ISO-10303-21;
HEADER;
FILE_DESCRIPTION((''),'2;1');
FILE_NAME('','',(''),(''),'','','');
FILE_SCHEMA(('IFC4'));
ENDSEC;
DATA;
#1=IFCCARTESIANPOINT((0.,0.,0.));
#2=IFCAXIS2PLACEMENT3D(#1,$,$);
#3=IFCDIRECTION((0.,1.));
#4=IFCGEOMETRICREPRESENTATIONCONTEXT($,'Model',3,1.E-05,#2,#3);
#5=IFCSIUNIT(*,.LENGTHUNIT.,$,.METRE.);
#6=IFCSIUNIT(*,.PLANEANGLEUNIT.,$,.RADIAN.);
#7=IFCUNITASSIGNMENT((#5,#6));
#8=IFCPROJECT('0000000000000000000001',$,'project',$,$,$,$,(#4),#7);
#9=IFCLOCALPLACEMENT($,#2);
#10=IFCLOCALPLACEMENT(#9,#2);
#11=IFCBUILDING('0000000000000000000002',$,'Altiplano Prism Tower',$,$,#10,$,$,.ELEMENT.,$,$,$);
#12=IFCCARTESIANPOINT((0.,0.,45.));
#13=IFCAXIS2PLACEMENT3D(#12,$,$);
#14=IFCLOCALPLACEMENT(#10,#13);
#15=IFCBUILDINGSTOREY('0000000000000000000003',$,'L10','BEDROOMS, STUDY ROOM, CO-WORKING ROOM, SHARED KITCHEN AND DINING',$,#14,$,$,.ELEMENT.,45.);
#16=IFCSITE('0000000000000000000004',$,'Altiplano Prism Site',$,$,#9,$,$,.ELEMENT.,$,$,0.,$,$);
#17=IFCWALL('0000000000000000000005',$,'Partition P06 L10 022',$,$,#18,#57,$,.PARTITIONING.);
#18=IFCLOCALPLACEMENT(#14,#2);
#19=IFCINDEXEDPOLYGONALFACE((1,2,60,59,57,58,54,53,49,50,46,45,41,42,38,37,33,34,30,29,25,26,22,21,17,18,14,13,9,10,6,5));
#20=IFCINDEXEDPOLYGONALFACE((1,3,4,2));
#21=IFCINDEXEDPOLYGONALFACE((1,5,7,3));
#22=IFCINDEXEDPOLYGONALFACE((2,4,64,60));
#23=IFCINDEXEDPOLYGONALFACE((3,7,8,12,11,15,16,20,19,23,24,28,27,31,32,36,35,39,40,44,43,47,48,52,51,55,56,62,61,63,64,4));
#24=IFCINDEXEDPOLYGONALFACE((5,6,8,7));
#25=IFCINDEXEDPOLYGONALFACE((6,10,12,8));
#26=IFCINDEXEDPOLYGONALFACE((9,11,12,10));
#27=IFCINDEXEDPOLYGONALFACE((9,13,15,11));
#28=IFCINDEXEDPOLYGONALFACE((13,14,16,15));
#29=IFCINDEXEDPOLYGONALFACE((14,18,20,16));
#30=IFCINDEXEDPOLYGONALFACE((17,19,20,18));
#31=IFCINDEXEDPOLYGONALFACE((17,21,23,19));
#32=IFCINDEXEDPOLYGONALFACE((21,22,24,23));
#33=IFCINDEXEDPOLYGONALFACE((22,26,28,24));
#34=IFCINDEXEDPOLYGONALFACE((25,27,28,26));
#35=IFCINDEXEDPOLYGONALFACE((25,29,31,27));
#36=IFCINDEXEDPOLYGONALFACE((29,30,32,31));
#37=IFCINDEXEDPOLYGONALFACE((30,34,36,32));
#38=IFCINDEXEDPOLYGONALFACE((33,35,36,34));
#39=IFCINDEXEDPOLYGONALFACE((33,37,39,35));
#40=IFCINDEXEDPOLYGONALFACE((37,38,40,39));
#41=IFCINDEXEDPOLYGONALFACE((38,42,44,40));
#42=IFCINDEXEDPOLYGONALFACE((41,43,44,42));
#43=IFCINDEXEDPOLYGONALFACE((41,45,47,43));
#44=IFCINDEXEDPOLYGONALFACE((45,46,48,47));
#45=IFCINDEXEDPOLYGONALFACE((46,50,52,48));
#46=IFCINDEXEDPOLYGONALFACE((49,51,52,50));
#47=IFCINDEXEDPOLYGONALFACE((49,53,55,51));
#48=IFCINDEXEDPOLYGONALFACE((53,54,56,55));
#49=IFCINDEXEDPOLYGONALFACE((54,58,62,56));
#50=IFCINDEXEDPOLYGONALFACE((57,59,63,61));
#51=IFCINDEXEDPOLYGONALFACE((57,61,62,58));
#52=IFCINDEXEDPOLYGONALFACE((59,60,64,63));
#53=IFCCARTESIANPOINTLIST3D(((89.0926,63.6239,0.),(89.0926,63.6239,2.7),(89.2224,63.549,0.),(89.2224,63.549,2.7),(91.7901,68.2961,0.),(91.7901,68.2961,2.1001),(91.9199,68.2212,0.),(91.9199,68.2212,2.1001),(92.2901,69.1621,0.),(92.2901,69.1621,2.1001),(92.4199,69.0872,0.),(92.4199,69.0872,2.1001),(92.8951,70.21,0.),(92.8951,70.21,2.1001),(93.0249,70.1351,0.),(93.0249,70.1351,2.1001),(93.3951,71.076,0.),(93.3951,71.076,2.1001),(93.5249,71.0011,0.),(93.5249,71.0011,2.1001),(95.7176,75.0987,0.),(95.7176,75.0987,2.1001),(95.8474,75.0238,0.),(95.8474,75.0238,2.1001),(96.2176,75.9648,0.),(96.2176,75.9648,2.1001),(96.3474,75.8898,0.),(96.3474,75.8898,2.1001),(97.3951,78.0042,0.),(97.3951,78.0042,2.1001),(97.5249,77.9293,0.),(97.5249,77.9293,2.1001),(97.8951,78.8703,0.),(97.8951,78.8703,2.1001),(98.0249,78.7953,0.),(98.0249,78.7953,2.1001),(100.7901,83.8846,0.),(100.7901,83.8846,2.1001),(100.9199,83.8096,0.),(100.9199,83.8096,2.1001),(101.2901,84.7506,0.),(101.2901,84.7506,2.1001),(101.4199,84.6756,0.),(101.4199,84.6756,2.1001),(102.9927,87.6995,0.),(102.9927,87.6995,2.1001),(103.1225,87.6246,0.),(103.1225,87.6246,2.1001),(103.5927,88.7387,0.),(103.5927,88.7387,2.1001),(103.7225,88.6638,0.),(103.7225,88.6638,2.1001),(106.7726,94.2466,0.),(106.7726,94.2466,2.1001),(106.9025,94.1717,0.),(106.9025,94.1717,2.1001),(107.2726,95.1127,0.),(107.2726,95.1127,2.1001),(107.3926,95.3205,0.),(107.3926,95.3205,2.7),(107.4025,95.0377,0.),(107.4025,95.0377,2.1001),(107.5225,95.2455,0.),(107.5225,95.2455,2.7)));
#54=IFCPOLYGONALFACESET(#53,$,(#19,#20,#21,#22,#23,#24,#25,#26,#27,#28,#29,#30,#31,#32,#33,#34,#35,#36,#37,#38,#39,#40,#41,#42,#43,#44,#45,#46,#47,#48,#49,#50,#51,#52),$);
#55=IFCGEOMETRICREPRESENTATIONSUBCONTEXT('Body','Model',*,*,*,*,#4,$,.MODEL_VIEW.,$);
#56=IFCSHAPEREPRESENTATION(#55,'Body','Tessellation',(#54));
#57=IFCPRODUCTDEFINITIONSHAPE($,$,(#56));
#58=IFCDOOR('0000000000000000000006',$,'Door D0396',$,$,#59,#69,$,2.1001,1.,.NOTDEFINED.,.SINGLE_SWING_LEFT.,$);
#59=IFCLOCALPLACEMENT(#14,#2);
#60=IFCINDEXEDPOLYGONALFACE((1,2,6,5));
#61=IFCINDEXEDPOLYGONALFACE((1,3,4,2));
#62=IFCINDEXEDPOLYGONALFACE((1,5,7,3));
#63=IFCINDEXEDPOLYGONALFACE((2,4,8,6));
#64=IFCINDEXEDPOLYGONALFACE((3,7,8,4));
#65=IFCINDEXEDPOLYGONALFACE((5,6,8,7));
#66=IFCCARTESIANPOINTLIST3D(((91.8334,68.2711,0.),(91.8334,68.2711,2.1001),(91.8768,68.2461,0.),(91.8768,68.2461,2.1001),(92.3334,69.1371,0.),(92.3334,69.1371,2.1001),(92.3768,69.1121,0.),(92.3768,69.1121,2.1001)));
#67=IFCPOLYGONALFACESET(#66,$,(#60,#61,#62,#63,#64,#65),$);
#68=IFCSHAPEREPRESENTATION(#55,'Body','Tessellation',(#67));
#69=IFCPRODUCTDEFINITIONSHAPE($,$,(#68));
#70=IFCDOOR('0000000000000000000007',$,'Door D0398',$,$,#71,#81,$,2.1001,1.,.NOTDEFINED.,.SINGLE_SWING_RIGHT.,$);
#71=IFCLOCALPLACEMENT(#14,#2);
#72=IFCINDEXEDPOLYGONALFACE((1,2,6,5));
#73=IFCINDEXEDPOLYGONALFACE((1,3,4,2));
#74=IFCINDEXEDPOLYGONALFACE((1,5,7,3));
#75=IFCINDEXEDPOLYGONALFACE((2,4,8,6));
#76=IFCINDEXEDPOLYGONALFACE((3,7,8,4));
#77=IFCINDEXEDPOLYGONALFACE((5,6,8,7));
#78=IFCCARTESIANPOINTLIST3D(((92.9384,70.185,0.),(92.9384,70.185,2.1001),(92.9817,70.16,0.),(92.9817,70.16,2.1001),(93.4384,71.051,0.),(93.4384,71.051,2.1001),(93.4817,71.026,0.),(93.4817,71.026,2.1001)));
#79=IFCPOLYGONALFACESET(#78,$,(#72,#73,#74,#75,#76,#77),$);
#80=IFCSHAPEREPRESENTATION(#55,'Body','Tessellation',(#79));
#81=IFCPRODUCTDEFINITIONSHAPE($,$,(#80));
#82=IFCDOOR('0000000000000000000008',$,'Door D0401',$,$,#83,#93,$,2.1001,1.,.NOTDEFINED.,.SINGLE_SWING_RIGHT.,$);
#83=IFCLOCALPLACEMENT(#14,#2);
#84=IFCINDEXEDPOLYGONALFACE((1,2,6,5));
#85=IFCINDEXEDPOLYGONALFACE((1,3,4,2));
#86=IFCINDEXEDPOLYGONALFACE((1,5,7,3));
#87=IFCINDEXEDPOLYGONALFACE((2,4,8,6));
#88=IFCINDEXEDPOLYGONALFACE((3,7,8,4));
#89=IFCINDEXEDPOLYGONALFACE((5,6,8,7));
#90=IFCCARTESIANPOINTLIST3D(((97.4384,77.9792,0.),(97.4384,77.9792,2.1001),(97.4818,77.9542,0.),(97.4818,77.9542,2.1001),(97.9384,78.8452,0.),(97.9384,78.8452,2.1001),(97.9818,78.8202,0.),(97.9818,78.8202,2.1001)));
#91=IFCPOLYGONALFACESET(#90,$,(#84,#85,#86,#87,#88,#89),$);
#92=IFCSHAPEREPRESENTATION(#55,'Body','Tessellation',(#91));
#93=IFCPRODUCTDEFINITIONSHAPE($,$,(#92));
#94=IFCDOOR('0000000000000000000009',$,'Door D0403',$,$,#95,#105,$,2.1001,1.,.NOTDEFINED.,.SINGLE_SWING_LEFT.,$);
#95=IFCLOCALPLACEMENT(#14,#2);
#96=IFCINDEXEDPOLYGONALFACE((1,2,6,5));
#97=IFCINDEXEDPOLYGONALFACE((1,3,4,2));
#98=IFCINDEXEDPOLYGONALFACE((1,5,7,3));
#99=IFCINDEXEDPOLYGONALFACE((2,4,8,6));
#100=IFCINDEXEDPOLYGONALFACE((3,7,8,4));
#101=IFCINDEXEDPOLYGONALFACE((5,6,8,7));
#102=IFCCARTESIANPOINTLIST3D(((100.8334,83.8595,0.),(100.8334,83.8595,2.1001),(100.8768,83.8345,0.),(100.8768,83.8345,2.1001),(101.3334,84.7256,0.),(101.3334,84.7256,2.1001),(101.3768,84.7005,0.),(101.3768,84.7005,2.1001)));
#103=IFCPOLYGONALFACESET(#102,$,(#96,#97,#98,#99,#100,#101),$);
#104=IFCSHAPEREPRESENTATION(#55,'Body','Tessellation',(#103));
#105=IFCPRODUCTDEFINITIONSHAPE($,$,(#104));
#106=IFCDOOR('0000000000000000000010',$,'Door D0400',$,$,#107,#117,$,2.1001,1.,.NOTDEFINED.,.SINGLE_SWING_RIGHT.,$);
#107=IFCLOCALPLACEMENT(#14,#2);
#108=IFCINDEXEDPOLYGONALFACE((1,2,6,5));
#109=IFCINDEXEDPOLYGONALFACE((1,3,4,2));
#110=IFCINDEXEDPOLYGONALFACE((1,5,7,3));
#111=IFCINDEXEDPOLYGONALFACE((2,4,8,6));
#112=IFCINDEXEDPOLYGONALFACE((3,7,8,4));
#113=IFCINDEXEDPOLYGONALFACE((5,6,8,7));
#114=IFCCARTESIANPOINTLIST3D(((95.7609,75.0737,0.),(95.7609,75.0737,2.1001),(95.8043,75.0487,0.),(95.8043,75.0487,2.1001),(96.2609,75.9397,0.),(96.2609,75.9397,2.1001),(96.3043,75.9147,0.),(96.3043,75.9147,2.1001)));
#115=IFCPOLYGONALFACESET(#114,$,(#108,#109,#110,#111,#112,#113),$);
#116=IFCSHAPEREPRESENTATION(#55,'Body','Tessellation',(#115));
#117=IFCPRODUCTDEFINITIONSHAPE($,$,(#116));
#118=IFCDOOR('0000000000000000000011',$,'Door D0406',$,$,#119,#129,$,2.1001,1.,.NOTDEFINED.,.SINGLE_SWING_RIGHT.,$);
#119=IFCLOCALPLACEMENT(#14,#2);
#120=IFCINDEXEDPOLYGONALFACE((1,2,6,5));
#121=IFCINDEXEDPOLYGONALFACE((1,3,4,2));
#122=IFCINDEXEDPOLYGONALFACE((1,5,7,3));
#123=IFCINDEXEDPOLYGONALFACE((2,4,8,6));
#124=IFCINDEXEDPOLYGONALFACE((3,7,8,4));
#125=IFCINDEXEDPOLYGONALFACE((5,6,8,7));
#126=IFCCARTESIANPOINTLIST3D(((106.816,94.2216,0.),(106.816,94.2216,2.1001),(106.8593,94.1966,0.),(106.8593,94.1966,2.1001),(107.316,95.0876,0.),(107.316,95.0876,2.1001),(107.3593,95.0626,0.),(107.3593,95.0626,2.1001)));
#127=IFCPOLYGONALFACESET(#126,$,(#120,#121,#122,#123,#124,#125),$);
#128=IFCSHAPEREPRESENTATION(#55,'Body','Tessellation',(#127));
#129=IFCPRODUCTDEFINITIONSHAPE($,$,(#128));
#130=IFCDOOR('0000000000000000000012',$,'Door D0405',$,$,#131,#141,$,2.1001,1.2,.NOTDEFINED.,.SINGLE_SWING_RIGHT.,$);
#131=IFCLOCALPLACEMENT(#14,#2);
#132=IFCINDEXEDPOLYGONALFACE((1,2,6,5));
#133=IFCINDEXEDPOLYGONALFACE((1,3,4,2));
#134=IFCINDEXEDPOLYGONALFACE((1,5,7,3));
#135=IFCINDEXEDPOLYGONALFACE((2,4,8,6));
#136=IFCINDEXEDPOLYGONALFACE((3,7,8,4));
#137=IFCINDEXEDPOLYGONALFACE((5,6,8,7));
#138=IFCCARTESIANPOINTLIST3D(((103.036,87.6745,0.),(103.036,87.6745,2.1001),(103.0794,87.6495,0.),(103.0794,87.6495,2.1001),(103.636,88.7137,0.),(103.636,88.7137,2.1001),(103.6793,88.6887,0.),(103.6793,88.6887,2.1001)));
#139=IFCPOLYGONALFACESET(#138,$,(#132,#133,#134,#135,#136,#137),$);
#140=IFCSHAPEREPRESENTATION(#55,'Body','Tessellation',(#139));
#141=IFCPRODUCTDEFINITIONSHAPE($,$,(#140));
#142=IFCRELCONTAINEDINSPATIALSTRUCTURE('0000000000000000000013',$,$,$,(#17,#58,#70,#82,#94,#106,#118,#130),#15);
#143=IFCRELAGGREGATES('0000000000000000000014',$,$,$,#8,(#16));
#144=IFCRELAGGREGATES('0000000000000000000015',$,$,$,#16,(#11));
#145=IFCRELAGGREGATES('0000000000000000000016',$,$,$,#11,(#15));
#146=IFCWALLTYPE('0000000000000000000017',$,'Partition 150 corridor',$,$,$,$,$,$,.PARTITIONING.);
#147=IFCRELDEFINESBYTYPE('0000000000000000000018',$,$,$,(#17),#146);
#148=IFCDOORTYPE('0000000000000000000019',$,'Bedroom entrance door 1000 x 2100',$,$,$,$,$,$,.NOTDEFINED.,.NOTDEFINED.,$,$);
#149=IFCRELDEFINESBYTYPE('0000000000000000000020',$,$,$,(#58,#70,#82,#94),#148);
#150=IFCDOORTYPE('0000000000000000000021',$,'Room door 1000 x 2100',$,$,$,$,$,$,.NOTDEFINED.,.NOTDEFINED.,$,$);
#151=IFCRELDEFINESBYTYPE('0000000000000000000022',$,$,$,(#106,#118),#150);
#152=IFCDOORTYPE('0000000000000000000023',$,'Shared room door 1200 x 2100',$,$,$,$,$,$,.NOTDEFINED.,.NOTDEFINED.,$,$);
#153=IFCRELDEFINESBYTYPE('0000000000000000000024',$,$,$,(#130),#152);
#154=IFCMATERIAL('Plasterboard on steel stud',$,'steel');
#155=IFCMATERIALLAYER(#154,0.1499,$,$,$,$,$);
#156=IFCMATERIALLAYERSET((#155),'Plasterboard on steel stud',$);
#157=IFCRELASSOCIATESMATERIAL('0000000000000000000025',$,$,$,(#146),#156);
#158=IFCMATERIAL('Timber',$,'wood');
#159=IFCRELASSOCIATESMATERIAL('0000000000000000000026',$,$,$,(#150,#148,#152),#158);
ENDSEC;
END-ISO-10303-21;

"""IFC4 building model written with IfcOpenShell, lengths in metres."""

from ifc_helpers import new_model, si_unit, direction, frame, frame_2d, origin, place, context, subcontext, project, spatial, rectangle, extrude, material, layer, layer_set, type_object, element, fill, save


model = new_model("IFC4")

# Units and contexts
model_context = context("Model", 3, precision=1e-05, world=origin(), true_north=direction((0.0, 1.0)))
body_context = subcontext(model_context, "Body", "Model", "MODEL_VIEW")
ifc_project = project(units=[si_unit("LENGTHUNIT", "METRE"), si_unit("PLANEANGLEUNIT", "RADIAN")], contexts=[model_context])

# Site, building, storey
site_placement = place(None, origin())
site = spatial("IfcSite", under=ifc_project, at=site_placement, Name="Altiplano Prism Site", CompositionType="ELEMENT", RefElevation=0.0)
building_placement = place(site_placement, origin())
building = spatial("IfcBuilding", under=site, at=building_placement, Name="Altiplano Prism Tower", CompositionType="ELEMENT")
storey_placement = place(building_placement, frame((0.0, 0.0, 45.0)))
storey = spatial("IfcBuildingStorey", under=building, at=storey_placement, Name="L10", Description="BEDROOMS, STUDY ROOM, CO-WORKING ROOM, SHARED KITCHEN AND DINING", CompositionType="ELEMENT", Elevation=45.0)

# Shared definitions
ifc_material_1 = material(Name="Plasterboard on steel stud", Category="steel")
ifc_layer = layer(ifc_material_1, 0.1499)
ifc_layer_set = layer_set([ifc_layer], Name="Plasterboard on steel stud")
wall_type = type_object("IfcWallType", Name="Partition 150 corridor", PredefinedType="PARTITIONING", material=ifc_layer_set)
ifc_material_2 = material(Name="Timber", Category="wood")
door_type_1 = type_object("IfcDoorType", Name="Room door 1000 x 2100", OperationType="NOTDEFINED", PredefinedType="NOTDEFINED", material=ifc_material_2)

# Wall, openings, doors
wall_1_placement = place(storey_placement, frame((89.1575, 63.5864, 0.0), z_axis=(0.0, 0.0, 1.0), x_axis=(0.500001, 0.866025, 0.0)))
wall_1 = element("IfcWall", 1, at=wall_1_placement, inside=storey, type_object=wall_type, Name="Partition P06 L10 022", PredefinedType="PARTITIONING", context=body_context, shape_type="SweptSolid", body=[
    extrude(rectangle(XDim=36.6001, YDim=0.1499, at=frame_2d((18.3, 0.0))), origin(), (0.0, 0.0, 1.0), 2.7),
])
opening_1_placement = place(wall_1_placement, frame((5.395, 0.0, 0.0)))
opening_1 = element("IfcOpeningElement", 2, at=opening_1_placement, cuts=wall_1, PredefinedType="OPENING", context=body_context, shape_type="SweptSolid", body=[
    extrude(rectangle(XDim=1.0, YDim=2.1001, at=frame_2d((0.5, 1.05))), frame((0.0, 0.0854, 0.0), z_axis=(0.0, -1.0, 0.0), x_axis=(1.0, 0.0, 0.0)), (0.0, 0.0, 1.0), 0.1709),
])
opening_2_placement = place(wall_1_placement, frame((7.605, 0.0, 0.0)))
opening_2 = element("IfcOpeningElement", 3, at=opening_2_placement, cuts=wall_1, PredefinedType="OPENING", context=body_context, shape_type="SweptSolid", body=[
    extrude(rectangle(XDim=1.0, YDim=2.1001, at=frame_2d((0.5, 1.05))), frame((0.0, 0.0854, 0.0), z_axis=(0.0, -1.0, 0.0), x_axis=(1.0, 0.0, 0.0)), (0.0, 0.0, 1.0), 0.1709),
])
opening_3_placement = place(wall_1_placement, frame((13.25, 0.0, 0.0)))
opening_3 = element("IfcOpeningElement", 4, at=opening_3_placement, cuts=wall_1, PredefinedType="OPENING", context=body_context, shape_type="SweptSolid", body=[
    extrude(rectangle(XDim=1.0, YDim=2.1001, at=frame_2d((0.5, 1.05))), frame((0.0, 0.0854, 0.0), z_axis=(0.0, -1.0, 0.0), x_axis=(1.0, 0.0, 0.0)), (0.0, 0.0, 1.0), 0.1709),
])
opening_4_placement = place(wall_1_placement, frame((16.605, 0.0, 0.0)))
opening_4 = element("IfcOpeningElement", 5, at=opening_4_placement, cuts=wall_1, PredefinedType="OPENING", context=body_context, shape_type="SweptSolid", body=[
    extrude(rectangle(XDim=1.0, YDim=2.1001, at=frame_2d((0.5, 1.05))), frame((0.0, 0.0854, 0.0), z_axis=(0.0, -1.0, 0.0), x_axis=(1.0, 0.0, 0.0)), (0.0, 0.0, 1.0), 0.1709),
])
opening_5_placement = place(wall_1_placement, frame((23.395, 0.0, 0.0)))
opening_5 = element("IfcOpeningElement", 6, at=opening_5_placement, cuts=wall_1, PredefinedType="OPENING", context=body_context, shape_type="SweptSolid", body=[
    extrude(rectangle(XDim=1.0, YDim=2.1001, at=frame_2d((0.5, 1.05))), frame((0.0, 0.0854, 0.0), z_axis=(0.0, -1.0, 0.0), x_axis=(1.0, 0.0, 0.0)), (0.0, 0.0, 1.0), 0.1709),
])
opening_6_placement = place(wall_1_placement, frame((27.8, 0.0, 0.0)))
opening_6 = element("IfcOpeningElement", 7, at=opening_6_placement, cuts=wall_1, PredefinedType="OPENING", context=body_context, shape_type="SweptSolid", body=[
    extrude(rectangle(XDim=1.2, YDim=2.1001, at=frame_2d((0.6001, 1.05))), frame((0.0, 0.0854, 0.0), z_axis=(0.0, -1.0, 0.0), x_axis=(1.0, 0.0, 0.0)), (0.0, 0.0, 1.0), 0.1709),
])
opening_7_placement = place(wall_1_placement, frame((35.3601, 0.0, 0.0)))
opening_7 = element("IfcOpeningElement", 8, at=opening_7_placement, cuts=wall_1, PredefinedType="OPENING", context=body_context, shape_type="SweptSolid", body=[
    extrude(rectangle(XDim=1.0, YDim=2.1001, at=frame_2d((0.5, 1.05))), frame((0.0, 0.0854, 0.0), z_axis=(0.0, -1.0, 0.0), x_axis=(1.0, 0.0, 0.0)), (0.0, 0.0, 1.0), 0.1709),
])
door_type_2 = type_object("IfcDoorType", Name="Bedroom entrance door 1000 x 2100", OperationType="NOTDEFINED", PredefinedType="NOTDEFINED", material=ifc_material_2)
door_1_placement = place(opening_1_placement, origin())
door_1 = element("IfcDoor", 9, at=door_1_placement, inside=storey, type_object=door_type_2, Name="Door D0396", OperationType="SINGLE_SWING_LEFT", OverallHeight=2.1001, OverallWidth=1.0, PredefinedType="NOTDEFINED", context=body_context, shape_type="SweptSolid", body=[
    extrude(rectangle(XDim=1.0, YDim=2.1001, at=frame_2d((0.5, 1.05))), frame((0.0, 0.0249, 0.0), z_axis=(0.0, -1.0, 0.0), x_axis=(1.0, 0.0, 0.0)), (0.0, 0.0, 1.0), 0.05),
])
fill(opening_1, door_1)
door_2_placement = place(opening_2_placement, origin())
door_2 = element("IfcDoor", 10, at=door_2_placement, inside=storey, type_object=door_type_2, Name="Door D0398", OperationType="SINGLE_SWING_RIGHT", OverallHeight=2.1001, OverallWidth=1.0, PredefinedType="NOTDEFINED", context=body_context, shape_type="SweptSolid", body=[
    extrude(rectangle(XDim=1.0, YDim=2.1001, at=frame_2d((0.5, 1.05))), frame((0.0, 0.0249, 0.0), z_axis=(0.0, -1.0, 0.0), x_axis=(1.0, 0.0, 0.0)), (0.0, 0.0, 1.0), 0.05),
])
fill(opening_2, door_2)
door_3_placement = place(opening_4_placement, origin())
door_3 = element("IfcDoor", 11, at=door_3_placement, inside=storey, type_object=door_type_2, Name="Door D0401", OperationType="SINGLE_SWING_RIGHT", OverallHeight=2.1001, OverallWidth=1.0, PredefinedType="NOTDEFINED", context=body_context, shape_type="SweptSolid", body=[
    extrude(rectangle(XDim=1.0, YDim=2.1001, at=frame_2d((0.5, 1.05))), frame((0.0, 0.0249, 0.0), z_axis=(0.0, -1.0, 0.0), x_axis=(1.0, 0.0, 0.0)), (0.0, 0.0, 1.0), 0.05),
])
fill(opening_4, door_3)
door_4_placement = place(opening_5_placement, origin())
door_4 = element("IfcDoor", 12, at=door_4_placement, inside=storey, type_object=door_type_2, Name="Door D0403", OperationType="SINGLE_SWING_LEFT", OverallHeight=2.1001, OverallWidth=1.0, PredefinedType="NOTDEFINED", context=body_context, shape_type="SweptSolid", body=[
    extrude(rectangle(XDim=1.0, YDim=2.1001, at=frame_2d((0.5, 1.05))), frame((0.0, 0.0249, 0.0), z_axis=(0.0, -1.0, 0.0), x_axis=(1.0, 0.0, 0.0)), (0.0, 0.0, 1.0), 0.05),
])
fill(opening_5, door_4)
door_5_placement = place(opening_3_placement, origin())
door_5 = element("IfcDoor", 13, at=door_5_placement, inside=storey, type_object=door_type_1, Name="Door D0400", OperationType="SINGLE_SWING_RIGHT", OverallHeight=2.1001, OverallWidth=1.0, PredefinedType="NOTDEFINED", context=body_context, shape_type="SweptSolid", body=[
    extrude(rectangle(XDim=1.0, YDim=2.1001, at=frame_2d((0.5, 1.05))), frame((0.0, 0.0249, 0.0), z_axis=(0.0, -1.0, 0.0), x_axis=(1.0, 0.0, 0.0)), (0.0, 0.0, 1.0), 0.05),
])
fill(opening_3, door_5)
door_6_placement = place(opening_7_placement, origin())
door_6 = element("IfcDoor", 14, at=door_6_placement, inside=storey, type_object=door_type_1, Name="Door D0406", OperationType="SINGLE_SWING_RIGHT", OverallHeight=2.1001, OverallWidth=1.0, PredefinedType="NOTDEFINED", context=body_context, shape_type="SweptSolid", body=[
    extrude(rectangle(XDim=1.0, YDim=2.1001, at=frame_2d((0.5, 1.05))), frame((0.0, 0.0249, 0.0), z_axis=(0.0, -1.0, 0.0), x_axis=(1.0, 0.0, 0.0)), (0.0, 0.0, 1.0), 0.05),
])
fill(opening_7, door_6)
door_type_3 = type_object("IfcDoorType", Name="Shared room door 1200 x 2100", OperationType="NOTDEFINED", PredefinedType="NOTDEFINED", material=ifc_material_2)
door_7_placement = place(opening_6_placement, origin())
door_7 = element("IfcDoor", 15, at=door_7_placement, inside=storey, type_object=door_type_3, Name="Door D0405", OperationType="SINGLE_SWING_RIGHT", OverallHeight=2.1001, OverallWidth=1.2, PredefinedType="NOTDEFINED", context=body_context, shape_type="SweptSolid", body=[
    extrude(rectangle(XDim=1.2, YDim=2.1001, at=frame_2d((0.6001, 1.05))), frame((0.0, 0.0249, 0.0), z_axis=(0.0, -1.0, 0.0), x_axis=(1.0, 0.0, 0.0)), (0.0, 0.0, 1.0), 0.05),
])
fill(opening_6, door_7)

save(model, "model.ifc")
